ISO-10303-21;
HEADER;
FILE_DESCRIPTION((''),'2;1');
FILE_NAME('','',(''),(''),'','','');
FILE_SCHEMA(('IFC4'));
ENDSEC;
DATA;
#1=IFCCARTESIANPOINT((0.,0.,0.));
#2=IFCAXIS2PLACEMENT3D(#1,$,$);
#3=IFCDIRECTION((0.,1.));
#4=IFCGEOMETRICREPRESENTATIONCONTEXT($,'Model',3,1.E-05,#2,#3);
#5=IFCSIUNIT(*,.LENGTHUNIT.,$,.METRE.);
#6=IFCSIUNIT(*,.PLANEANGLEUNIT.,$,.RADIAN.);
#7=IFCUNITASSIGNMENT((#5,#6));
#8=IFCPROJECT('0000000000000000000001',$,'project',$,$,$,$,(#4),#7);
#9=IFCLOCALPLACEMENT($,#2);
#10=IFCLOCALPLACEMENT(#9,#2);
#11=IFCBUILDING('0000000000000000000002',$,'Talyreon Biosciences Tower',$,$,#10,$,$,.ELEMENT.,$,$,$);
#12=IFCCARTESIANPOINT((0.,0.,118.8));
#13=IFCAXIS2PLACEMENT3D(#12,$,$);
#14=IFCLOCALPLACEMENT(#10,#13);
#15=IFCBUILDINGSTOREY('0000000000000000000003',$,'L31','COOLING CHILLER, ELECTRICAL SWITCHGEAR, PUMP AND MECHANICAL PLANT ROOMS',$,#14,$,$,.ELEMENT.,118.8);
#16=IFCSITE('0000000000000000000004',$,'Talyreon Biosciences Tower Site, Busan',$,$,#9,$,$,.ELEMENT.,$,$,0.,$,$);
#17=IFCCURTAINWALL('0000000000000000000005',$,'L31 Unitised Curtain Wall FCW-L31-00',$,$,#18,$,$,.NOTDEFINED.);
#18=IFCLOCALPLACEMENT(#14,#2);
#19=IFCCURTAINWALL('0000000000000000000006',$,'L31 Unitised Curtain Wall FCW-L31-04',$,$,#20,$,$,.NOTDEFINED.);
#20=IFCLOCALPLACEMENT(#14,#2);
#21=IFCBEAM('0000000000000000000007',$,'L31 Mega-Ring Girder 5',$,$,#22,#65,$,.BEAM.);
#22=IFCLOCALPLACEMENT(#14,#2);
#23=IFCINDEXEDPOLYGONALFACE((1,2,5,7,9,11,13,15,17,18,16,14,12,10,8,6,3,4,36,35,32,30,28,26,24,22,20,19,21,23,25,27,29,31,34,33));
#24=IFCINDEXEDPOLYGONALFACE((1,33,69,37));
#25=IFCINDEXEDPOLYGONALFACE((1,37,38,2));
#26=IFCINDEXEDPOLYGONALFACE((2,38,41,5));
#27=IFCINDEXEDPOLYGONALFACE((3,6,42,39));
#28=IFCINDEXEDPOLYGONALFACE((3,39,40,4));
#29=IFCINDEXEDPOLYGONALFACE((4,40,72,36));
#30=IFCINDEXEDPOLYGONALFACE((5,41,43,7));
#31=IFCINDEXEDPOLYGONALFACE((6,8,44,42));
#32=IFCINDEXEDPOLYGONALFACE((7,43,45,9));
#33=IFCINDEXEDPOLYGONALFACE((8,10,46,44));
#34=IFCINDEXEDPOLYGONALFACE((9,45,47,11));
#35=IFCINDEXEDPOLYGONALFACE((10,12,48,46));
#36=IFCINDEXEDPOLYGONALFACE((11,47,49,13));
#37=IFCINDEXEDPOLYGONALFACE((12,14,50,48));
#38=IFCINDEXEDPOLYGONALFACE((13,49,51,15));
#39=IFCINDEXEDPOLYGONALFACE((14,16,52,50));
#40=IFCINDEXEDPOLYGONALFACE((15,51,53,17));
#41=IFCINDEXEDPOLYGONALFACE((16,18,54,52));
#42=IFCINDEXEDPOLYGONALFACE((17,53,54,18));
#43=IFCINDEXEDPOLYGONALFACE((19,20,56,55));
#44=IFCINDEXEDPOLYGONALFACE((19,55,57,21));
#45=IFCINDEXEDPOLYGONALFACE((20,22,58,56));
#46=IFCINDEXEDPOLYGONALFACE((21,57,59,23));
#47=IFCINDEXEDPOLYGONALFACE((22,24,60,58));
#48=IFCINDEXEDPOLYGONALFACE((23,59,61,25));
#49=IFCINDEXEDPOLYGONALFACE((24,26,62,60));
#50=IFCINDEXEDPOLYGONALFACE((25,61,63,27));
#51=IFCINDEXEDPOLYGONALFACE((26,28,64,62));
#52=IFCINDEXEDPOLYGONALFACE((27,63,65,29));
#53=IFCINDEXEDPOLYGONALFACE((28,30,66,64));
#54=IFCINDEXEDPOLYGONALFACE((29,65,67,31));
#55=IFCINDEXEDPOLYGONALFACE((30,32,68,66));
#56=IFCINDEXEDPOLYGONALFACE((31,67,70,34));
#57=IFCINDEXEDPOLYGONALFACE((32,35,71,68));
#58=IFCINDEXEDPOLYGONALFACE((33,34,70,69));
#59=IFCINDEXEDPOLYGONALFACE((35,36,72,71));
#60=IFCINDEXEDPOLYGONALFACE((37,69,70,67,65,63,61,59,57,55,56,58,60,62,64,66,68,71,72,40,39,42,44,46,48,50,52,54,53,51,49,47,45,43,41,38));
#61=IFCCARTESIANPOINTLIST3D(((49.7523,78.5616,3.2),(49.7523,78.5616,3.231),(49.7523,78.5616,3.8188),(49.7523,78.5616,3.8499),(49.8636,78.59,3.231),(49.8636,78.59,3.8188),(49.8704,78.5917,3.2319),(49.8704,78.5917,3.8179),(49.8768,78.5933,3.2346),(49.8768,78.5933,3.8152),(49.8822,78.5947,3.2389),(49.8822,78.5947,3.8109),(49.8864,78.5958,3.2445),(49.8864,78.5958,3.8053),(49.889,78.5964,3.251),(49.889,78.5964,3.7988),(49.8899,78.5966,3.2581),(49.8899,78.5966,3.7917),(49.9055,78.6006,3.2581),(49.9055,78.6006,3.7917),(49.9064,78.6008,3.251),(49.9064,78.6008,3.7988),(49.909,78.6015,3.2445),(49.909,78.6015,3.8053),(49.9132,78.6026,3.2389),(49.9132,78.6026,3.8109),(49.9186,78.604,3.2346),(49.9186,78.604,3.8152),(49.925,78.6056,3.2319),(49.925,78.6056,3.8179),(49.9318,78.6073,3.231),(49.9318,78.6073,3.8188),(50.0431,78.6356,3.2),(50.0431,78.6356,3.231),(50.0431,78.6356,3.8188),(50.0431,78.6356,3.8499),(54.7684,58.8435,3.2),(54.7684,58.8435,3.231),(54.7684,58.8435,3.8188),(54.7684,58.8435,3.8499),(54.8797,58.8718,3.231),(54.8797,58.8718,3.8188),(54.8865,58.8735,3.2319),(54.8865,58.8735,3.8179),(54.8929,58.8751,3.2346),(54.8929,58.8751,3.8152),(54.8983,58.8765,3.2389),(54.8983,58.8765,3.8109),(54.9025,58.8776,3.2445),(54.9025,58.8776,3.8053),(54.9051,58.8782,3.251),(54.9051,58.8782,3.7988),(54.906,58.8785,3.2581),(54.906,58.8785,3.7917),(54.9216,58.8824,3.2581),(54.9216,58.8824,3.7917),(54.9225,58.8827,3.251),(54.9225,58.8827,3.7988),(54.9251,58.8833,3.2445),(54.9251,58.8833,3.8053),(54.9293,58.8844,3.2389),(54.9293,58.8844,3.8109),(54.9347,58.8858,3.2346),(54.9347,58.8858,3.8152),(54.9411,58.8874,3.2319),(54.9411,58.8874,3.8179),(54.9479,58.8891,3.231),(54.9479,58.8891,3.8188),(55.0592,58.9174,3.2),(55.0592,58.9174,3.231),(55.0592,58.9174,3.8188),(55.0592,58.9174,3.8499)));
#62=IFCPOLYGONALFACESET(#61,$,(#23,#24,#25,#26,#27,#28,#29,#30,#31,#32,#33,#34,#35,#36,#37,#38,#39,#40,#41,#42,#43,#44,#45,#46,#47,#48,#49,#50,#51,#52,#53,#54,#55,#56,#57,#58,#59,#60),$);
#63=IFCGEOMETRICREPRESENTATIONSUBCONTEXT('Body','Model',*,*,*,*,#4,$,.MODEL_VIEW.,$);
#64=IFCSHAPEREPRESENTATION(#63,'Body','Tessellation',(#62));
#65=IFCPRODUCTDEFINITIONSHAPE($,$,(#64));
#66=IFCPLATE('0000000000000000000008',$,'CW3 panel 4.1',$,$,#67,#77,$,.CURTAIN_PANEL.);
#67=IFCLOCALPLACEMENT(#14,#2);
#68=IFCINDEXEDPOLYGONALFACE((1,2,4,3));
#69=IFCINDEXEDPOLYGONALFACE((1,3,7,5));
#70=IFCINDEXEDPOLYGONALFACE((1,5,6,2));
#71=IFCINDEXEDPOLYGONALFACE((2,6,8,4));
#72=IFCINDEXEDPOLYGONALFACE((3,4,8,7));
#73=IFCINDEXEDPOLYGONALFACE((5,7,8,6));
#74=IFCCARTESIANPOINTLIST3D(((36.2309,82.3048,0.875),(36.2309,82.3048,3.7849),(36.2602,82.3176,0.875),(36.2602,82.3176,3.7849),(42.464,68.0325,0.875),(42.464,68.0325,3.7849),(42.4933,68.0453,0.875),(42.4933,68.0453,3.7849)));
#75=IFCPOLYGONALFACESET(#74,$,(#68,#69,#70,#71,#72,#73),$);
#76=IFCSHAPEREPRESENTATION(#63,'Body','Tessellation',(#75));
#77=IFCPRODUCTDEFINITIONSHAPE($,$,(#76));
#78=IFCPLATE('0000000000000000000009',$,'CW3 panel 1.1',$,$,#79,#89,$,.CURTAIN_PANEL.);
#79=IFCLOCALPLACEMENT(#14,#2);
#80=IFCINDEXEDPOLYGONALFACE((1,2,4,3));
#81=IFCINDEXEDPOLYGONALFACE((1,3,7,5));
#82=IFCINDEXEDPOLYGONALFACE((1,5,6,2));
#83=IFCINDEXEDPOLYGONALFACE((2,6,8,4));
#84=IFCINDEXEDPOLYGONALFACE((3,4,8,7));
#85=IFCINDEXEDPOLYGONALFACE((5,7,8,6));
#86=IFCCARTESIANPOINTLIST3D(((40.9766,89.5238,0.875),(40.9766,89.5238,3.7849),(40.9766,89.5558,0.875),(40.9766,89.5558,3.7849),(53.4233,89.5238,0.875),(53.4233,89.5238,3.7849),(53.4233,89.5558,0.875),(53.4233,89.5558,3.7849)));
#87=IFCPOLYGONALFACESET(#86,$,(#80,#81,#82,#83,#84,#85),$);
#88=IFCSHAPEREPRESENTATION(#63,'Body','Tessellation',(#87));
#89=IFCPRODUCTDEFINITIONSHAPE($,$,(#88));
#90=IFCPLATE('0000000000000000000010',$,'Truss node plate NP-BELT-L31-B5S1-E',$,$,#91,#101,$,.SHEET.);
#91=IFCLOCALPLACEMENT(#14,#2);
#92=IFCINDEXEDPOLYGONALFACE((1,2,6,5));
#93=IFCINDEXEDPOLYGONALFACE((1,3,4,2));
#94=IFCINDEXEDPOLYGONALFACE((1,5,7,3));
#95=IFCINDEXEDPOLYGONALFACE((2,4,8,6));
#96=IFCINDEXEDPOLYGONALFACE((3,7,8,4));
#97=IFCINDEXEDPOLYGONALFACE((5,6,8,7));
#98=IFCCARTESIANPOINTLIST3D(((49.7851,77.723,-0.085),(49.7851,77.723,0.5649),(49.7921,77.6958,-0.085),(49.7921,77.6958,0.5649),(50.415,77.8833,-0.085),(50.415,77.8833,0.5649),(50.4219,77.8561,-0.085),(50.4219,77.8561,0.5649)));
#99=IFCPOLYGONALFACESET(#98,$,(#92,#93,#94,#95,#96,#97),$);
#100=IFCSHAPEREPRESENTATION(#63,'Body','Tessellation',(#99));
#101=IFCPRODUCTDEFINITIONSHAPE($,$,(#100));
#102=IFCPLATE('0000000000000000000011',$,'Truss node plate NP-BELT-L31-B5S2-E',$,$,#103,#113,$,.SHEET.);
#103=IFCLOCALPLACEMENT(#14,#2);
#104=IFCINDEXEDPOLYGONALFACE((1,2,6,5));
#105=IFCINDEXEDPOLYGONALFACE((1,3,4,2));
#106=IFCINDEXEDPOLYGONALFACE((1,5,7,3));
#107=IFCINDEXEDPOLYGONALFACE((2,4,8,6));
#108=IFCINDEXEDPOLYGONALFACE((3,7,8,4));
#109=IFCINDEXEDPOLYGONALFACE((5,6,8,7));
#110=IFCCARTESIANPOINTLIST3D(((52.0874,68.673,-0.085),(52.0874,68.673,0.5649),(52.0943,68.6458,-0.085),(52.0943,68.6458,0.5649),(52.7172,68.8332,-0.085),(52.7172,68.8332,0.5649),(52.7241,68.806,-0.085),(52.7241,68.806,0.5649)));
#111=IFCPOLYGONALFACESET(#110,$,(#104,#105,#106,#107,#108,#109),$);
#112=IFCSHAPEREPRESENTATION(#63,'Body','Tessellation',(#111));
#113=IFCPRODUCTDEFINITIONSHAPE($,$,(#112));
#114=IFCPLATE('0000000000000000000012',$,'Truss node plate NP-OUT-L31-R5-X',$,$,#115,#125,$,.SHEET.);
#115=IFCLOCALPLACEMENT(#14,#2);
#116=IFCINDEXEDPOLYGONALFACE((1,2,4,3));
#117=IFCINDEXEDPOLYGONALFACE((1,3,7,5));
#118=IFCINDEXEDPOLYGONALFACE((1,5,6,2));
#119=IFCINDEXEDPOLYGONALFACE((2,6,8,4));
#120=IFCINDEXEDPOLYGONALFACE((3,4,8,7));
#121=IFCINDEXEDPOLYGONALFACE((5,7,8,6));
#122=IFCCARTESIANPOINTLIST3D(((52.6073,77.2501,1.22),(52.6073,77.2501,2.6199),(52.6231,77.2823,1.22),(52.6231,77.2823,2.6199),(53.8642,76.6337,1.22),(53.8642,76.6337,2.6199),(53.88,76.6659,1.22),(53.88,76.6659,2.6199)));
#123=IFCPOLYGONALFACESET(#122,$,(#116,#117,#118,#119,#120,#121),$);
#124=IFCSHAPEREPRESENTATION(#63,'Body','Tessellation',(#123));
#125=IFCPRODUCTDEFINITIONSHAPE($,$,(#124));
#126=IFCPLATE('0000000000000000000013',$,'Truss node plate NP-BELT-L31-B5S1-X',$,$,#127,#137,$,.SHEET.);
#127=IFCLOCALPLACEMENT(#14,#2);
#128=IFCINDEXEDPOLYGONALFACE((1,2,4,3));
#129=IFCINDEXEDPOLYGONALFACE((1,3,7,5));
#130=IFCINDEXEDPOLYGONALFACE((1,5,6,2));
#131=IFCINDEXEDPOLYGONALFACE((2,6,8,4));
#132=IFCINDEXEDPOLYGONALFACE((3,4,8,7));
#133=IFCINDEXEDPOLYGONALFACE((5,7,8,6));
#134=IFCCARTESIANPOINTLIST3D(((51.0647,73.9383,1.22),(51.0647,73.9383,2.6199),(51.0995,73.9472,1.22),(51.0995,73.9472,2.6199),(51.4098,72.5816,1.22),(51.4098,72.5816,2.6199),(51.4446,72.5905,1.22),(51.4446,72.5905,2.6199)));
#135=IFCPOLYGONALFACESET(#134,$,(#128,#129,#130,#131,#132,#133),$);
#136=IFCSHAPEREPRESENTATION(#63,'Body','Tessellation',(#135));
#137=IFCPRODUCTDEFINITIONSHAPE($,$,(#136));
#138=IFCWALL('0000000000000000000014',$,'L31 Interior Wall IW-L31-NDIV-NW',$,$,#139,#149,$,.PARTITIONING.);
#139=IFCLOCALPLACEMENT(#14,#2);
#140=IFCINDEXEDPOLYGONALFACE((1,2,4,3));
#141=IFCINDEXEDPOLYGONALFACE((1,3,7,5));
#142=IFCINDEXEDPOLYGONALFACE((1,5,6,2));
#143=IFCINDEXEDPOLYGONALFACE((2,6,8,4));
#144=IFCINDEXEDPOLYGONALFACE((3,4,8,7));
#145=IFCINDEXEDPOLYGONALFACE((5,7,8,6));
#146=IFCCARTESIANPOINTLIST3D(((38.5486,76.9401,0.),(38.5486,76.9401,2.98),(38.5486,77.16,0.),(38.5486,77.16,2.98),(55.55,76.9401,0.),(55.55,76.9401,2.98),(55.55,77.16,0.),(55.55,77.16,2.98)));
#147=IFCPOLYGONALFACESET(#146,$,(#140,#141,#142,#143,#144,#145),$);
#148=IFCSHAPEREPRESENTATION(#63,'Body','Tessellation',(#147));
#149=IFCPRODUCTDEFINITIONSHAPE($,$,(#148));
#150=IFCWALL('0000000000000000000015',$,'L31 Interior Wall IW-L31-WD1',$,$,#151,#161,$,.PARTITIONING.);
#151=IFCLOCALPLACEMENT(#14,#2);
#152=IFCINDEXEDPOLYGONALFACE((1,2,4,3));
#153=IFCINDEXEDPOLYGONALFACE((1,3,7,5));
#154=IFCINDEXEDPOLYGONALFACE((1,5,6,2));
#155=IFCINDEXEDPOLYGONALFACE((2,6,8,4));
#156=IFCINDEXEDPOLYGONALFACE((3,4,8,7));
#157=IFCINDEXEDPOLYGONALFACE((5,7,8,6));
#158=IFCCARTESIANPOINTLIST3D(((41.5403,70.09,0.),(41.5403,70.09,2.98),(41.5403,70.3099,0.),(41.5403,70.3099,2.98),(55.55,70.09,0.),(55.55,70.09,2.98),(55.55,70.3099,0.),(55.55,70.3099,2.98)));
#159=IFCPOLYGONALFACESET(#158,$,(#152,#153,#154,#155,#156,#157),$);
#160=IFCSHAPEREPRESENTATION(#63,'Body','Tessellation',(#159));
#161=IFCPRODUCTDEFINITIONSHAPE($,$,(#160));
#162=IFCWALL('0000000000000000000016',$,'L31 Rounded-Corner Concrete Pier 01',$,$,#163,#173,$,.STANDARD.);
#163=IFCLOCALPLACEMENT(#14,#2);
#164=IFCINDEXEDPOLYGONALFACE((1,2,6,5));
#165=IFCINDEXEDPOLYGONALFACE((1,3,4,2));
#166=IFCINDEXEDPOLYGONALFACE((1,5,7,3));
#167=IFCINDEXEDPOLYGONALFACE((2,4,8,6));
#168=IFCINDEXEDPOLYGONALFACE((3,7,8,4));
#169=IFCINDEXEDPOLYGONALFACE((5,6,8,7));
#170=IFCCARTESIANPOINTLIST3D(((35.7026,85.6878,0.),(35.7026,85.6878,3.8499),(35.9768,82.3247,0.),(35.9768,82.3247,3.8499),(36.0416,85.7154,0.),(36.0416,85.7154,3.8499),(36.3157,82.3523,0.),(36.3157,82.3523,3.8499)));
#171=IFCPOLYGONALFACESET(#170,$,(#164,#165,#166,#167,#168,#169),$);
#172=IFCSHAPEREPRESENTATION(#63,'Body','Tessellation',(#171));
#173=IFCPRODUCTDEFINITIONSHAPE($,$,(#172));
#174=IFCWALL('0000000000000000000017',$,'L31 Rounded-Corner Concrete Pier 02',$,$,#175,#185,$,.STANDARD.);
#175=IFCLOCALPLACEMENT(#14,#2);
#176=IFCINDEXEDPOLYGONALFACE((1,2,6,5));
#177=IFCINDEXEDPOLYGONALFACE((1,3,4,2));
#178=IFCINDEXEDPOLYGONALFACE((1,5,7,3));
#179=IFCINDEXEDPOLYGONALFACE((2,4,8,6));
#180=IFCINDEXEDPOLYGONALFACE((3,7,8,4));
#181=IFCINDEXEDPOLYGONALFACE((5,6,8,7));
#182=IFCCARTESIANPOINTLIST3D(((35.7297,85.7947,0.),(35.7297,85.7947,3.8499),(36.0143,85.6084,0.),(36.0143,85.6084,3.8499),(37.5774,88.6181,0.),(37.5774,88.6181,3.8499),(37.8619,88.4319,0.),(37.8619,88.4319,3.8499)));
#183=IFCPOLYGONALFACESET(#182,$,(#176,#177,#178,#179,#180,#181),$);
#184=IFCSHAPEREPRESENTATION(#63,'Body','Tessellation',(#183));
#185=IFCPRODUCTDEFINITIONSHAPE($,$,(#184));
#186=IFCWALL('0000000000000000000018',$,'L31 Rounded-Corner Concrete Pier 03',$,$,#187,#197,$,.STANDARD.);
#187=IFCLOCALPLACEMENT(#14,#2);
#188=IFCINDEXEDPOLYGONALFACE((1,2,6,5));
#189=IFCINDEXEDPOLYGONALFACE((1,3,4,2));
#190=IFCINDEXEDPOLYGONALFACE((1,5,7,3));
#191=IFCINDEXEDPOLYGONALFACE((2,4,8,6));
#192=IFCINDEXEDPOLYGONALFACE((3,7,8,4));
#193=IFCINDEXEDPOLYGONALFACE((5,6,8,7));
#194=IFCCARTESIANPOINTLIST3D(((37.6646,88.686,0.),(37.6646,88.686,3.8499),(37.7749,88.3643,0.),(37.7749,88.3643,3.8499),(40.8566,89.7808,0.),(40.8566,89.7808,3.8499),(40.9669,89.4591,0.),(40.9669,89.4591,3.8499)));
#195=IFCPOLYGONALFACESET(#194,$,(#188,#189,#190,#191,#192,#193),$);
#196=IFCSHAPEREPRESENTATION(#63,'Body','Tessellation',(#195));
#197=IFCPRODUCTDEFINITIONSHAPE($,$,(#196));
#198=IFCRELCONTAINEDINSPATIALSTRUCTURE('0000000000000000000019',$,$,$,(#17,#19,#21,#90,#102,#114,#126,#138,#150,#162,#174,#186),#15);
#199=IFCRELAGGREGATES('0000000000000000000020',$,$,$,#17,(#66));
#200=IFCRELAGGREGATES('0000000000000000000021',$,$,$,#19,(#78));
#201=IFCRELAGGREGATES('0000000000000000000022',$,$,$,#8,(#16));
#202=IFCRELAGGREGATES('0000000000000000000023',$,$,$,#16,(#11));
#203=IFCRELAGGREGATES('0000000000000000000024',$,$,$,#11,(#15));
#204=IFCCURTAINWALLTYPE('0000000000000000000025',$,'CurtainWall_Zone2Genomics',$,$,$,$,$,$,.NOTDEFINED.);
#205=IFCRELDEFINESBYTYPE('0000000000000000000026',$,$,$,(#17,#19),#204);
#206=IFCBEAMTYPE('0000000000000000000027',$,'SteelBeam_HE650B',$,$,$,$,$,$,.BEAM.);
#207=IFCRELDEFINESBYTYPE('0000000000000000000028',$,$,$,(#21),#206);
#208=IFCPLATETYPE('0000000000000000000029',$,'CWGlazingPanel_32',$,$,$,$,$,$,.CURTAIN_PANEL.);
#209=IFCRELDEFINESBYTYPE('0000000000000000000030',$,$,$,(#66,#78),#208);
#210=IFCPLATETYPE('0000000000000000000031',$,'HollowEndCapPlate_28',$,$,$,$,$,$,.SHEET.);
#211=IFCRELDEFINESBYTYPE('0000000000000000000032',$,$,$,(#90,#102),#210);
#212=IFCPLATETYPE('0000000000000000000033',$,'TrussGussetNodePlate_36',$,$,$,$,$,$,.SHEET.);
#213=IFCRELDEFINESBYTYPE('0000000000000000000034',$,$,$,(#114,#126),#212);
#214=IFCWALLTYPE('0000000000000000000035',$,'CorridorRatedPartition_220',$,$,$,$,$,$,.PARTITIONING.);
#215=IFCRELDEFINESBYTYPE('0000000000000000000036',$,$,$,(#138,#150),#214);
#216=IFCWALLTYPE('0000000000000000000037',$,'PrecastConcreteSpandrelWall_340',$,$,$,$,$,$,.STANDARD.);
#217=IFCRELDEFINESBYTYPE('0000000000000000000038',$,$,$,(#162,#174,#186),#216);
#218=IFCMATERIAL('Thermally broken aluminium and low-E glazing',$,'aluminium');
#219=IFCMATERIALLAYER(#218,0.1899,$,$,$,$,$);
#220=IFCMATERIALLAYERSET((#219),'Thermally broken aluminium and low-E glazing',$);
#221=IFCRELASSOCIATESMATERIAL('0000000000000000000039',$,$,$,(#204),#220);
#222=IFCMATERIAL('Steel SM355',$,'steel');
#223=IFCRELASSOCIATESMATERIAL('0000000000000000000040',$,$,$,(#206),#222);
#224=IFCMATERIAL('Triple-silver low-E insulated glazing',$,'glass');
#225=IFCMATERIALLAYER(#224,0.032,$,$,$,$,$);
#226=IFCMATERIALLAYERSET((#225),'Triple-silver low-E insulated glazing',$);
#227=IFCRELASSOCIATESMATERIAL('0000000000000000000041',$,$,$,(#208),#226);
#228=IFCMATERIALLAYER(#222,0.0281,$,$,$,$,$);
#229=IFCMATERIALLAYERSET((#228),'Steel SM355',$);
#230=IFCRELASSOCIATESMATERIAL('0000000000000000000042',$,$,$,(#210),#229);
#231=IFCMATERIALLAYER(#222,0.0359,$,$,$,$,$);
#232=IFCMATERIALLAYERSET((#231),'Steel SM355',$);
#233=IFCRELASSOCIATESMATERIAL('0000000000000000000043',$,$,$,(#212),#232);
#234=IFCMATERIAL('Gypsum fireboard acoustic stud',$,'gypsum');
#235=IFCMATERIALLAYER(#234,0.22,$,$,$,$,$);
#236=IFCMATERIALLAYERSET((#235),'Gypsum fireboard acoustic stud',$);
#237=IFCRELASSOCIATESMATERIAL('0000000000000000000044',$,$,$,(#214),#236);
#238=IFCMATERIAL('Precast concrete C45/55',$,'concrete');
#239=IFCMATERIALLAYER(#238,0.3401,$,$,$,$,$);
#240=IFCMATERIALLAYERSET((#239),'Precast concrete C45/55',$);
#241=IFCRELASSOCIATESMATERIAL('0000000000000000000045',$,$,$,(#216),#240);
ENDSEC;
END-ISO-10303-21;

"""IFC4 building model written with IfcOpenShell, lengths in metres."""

from ifc_helpers import new_model, si_unit, direction, frame, frame_2d, origin, origin_2d, place, context, subcontext, project, spatial, rectangle, i_section, extrude, material, layer, layer_set, material_profile, profile_set, type_object, element, aggregate, save


model = new_model("IFC4")

# Units and contexts
model_context = context("Model", 3, precision=1e-05, world=origin(), true_north=direction((0.0, 1.0)))
body_context = subcontext(model_context, "Body", "Model", "MODEL_VIEW")
ifc_project = project(units=[si_unit("LENGTHUNIT", "METRE"), si_unit("PLANEANGLEUNIT", "RADIAN")], contexts=[model_context])

# Site, building, storey
site_placement = place(None, origin())
site = spatial("IfcSite", under=ifc_project, at=site_placement, Name="Talyreon Biosciences Tower Site, Busan", CompositionType="ELEMENT", RefElevation=0.0)
building_placement = place(site_placement, origin())
building = spatial("IfcBuilding", under=site, at=building_placement, Name="Talyreon Biosciences Tower", CompositionType="ELEMENT")
storey_placement = place(building_placement, frame((0.0, 0.0, 118.8)))
storey = spatial("IfcBuildingStorey", under=building, at=storey_placement, Name="L31", Description="COOLING CHILLER, ELECTRICAL SWITCHGEAR, PUMP AND MECHANICAL PLANT ROOMS", CompositionType="ELEMENT", Elevation=118.8)

# Shared definitions
ifc_material_1 = material(Name="Steel SM355", Category="steel")

# Curtain walls
ifc_material_2 = material(Name="Thermally broken aluminium and low-E glazing", Category="aluminium")
ifc_layer_1 = layer(ifc_material_2, 0.1899)
ifc_layer_set_1 = layer_set([ifc_layer_1], Name="Thermally broken aluminium and low-E glazing")
curtain_wall_type = type_object("IfcCurtainWallType", Name="CurtainWall_Zone2Genomics", PredefinedType="NOTDEFINED", material=ifc_layer_set_1)
curtain_wall_1_placement = place(storey_placement, origin())
curtain_wall_1 = element("IfcCurtainWall", 1, at=curtain_wall_1_placement, inside=storey, type_object=curtain_wall_type, Name="L31 Unitised Curtain Wall FCW-L31-00", PredefinedType="NOTDEFINED")
curtain_wall_2_placement = place(storey_placement, origin())
curtain_wall_2 = element("IfcCurtainWall", 2, at=curtain_wall_2_placement, inside=storey, type_object=curtain_wall_type, Name="L31 Unitised Curtain Wall FCW-L31-04", PredefinedType="NOTDEFINED")

# Shared definitions
ifc_material_3 = material(Name="Precast concrete C45/55", Category="concrete")

# Beam
ifc_material_profile_1 = material_profile(ifc_material_1, i_section(OverallWidth=0.3, OverallDepth=0.6499, WebThickness=0.0161, FlangeThickness=0.031, FilletRadius=0.0271, at=origin_2d()), Name="HE650B")
ifc_profile_set_1 = profile_set([ifc_material_profile_1], Name="Steel SM355")
beam_type_1 = type_object("IfcBeamType", Name="SteelBeam_HE650B", PredefinedType="BEAM", material=ifc_profile_set_1)
beam_1_placement = place(storey_placement, frame((49.8977, 78.5986, 3.5249), z_axis=(0.246537, -0.969133, 0.0), x_axis=(0.969133, 0.246537, 0.0)))
element("IfcBeam", 3, at=beam_1_placement, inside=storey, type_object=beam_type_1, Name="L31 Mega-Ring Girder 5", PredefinedType="BEAM", context=body_context, shape_type="SweptSolid", body=[
    extrude(i_section(OverallWidth=0.3, OverallDepth=0.6499, WebThickness=0.0161, FlangeThickness=0.031, FilletRadius=0.0271, at=origin_2d()), origin(), (0.0, 0.0, 1.0), 20.3462),
])

# Plates
ifc_material_4 = material(Name="Triple-silver low-E insulated glazing", Category="glass")
ifc_layer_2 = layer(ifc_material_4, 0.032)
ifc_layer_set_2 = layer_set([ifc_layer_2], Name="Triple-silver low-E insulated glazing")
plate_type_1 = type_object("IfcPlateType", Name="CWGlazingPanel_32", PredefinedType="CURTAIN_PANEL", material=ifc_layer_set_2)
plate_1_placement = place(storey_placement, frame((39.3621, 75.175, 0.875), z_axis=(0.0, 0.0, 1.0), x_axis=(-0.400226, 0.916416, 0.0)))
plate_1 = element("IfcPlate", 4, at=plate_1_placement, type_object=plate_type_1, Name="CW3 panel 4.1", PredefinedType="CURTAIN_PANEL", context=body_context, shape_type="SweptSolid", body=[
    extrude(rectangle(XDim=15.574, YDim=0.032, at=origin_2d()), origin(), (0.0, 0.0, 1.0), 2.9099),
])
aggregate(curtain_wall_1, [plate_1])
plate_2_placement = place(storey_placement, frame((47.2, 89.5398, 0.875), z_axis=(0.0, 0.0, 1.0), x_axis=(1.0, 0.0, 0.0)))
plate_2 = element("IfcPlate", 5, at=plate_2_placement, type_object=plate_type_1, Name="CW3 panel 1.1", PredefinedType="CURTAIN_PANEL", context=body_context, shape_type="SweptSolid", body=[
    extrude(rectangle(XDim=12.4468, YDim=0.032, at=origin_2d()), origin(), (0.0, 0.0, 1.0), 2.9099),
])
aggregate(curtain_wall_2, [plate_2])

# Plates
ifc_layer_3 = layer(ifc_material_1, 0.0281)
ifc_layer_set_3 = layer_set([ifc_layer_3], Name="Steel SM355")
plate_type_2 = type_object("IfcPlateType", Name="HollowEndCapPlate_28", PredefinedType="SHEET", material=ifc_layer_set_3)
for number, where, z_axis, x_axis, name in (
    (6, (50.1035, 77.7896, -0.085), (0.0, 0.0, 1.0), (0.969132, 0.246542, 0.0), "Truss node plate NP-BELT-L31-B5S1-E"),
    (7, (52.4058, 68.7395, -0.085), (0.0, 0.0, 1.0), (0.969132, 0.246542, 0.0), "Truss node plate NP-BELT-L31-B5S2-E"),
):
    element("IfcPlate", number, at=place(storey_placement, frame(where, z_axis=z_axis, x_axis=x_axis)), inside=storey, type_object=plate_type_2, Name=name, PredefinedType="SHEET", context=body_context, shape_type="SweptSolid", body=[
        extrude(rectangle(XDim=0.6499, YDim=0.0281, at=origin_2d()), origin(), (0.0, 0.0, 1.0), 0.6499),
    ])
ifc_layer_4 = layer(ifc_material_1, 0.0359)
ifc_layer_set_4 = layer_set([ifc_layer_4], Name="Steel SM355")
plate_type_3 = type_object("IfcPlateType", Name="TrussGussetNodePlate_36", PredefinedType="SHEET", material=ifc_layer_set_4)
for number, where, z_axis, x_axis, name in (
    (8, (53.2437, 76.958, 1.22), (0.0, 0.0, 1.0), (-0.897859, 0.440284, 0.0), "Truss node plate NP-OUT-L31-R5-X"),
    (9, (51.2546, 73.2644, 1.22), (0.0, 0.0, 1.0), (0.246542, -0.969132, 0.0), "Truss node plate NP-BELT-L31-B5S1-X"),
):
    element("IfcPlate", number, at=place(storey_placement, frame(where, z_axis=z_axis, x_axis=x_axis)), inside=storey, type_object=plate_type_3, Name=name, PredefinedType="SHEET", context=body_context, shape_type="SweptSolid", body=[
        extrude(rectangle(XDim=1.3999, YDim=0.0359, at=origin_2d()), origin(), (0.0, 0.0, 1.0), 1.3999),
    ])

# Walls
ifc_material_5 = material(Name="Gypsum fireboard acoustic stud", Category="gypsum")
ifc_layer_5 = layer(ifc_material_5, 0.22)
ifc_layer_set_5 = layer_set([ifc_layer_5], Name="Gypsum fireboard acoustic stud")
wall_type_1 = type_object("IfcWallType", Name="CorridorRatedPartition_220", PredefinedType="PARTITIONING", material=ifc_layer_set_5)
wall_1_placement = place(storey_placement, frame((38.5486, 77.05, 0.0), z_axis=(0.0, 0.0, 1.0), x_axis=(1.0, 0.0, 0.0)))
element("IfcWall", 10, at=wall_1_placement, inside=storey, type_object=wall_type_1, Name="L31 Interior Wall IW-L31-NDIV-NW", PredefinedType="PARTITIONING", context=body_context, shape_type="SweptSolid", body=[
    extrude(rectangle(XDim=17.0015, YDim=0.22, at=frame_2d((8.5007, 0.0))), origin(), (0.0, 0.0, 1.0), 2.98),
])
wall_2_placement = place(storey_placement, frame((41.5403, 70.2, 0.0), z_axis=(0.0, 0.0, 1.0), x_axis=(1.0, 0.0, 0.0)))
element("IfcWall", 11, at=wall_2_placement, inside=storey, type_object=wall_type_1, Name="L31 Interior Wall IW-L31-WD1", PredefinedType="PARTITIONING", context=body_context, shape_type="SweptSolid", body=[
    extrude(rectangle(XDim=14.0098, YDim=0.22, at=frame_2d((7.0049, 0.0))), origin(), (0.0, 0.0, 1.0), 2.98),
])
ifc_layer_6 = layer(ifc_material_3, 0.3401)
ifc_layer_set_6 = layer_set([ifc_layer_6], Name="Precast concrete C45/55")
wall_type_2 = type_object("IfcWallType", Name="PrecastConcreteSpandrelWall_340", PredefinedType="STANDARD", material=ifc_layer_set_6)
for number, where, z_axis, x_axis, name in (
    (12, (36.1462, 82.3386, 0.0), (0.0, 0.0, 1.0), (-0.081255, 0.996693, 0.0), "L31 Rounded-Corner Concrete Pier 01"),
    (13, (35.8721, 85.7017, 0.0), (0.0, 0.0, 1.0), (0.547567, 0.836762, 0.0), "L31 Rounded-Corner Concrete Pier 02"),
):
    element("IfcWall", number, at=place(storey_placement, frame(where, z_axis=z_axis, x_axis=x_axis)), inside=storey, type_object=wall_type_2, Name=name, PredefinedType="STANDARD", context=body_context, shape_type="SweptSolid", body=[
        extrude(rectangle(XDim=3.3743, YDim=0.3401, at=frame_2d((1.687, 0.0))), origin(), (0.0, 0.0, 1.0), 3.8499),
    ])
wall_3_placement = place(storey_placement, frame((37.7197, 88.5251, 0.0), z_axis=(0.0, 0.0, 1.0), x_axis=(0.945913, 0.324421, 0.0)))
element("IfcWall", 14, at=wall_3_placement, inside=storey, type_object=wall_type_2, Name="L31 Rounded-Corner Concrete Pier 03", PredefinedType="STANDARD", context=body_context, shape_type="SweptSolid", body=[
    extrude(rectangle(XDim=3.3745, YDim=0.3401, at=frame_2d((1.6873, 0.0))), origin(), (0.0, 0.0, 1.0), 3.8499),
])

save(model, "model.ifc")
